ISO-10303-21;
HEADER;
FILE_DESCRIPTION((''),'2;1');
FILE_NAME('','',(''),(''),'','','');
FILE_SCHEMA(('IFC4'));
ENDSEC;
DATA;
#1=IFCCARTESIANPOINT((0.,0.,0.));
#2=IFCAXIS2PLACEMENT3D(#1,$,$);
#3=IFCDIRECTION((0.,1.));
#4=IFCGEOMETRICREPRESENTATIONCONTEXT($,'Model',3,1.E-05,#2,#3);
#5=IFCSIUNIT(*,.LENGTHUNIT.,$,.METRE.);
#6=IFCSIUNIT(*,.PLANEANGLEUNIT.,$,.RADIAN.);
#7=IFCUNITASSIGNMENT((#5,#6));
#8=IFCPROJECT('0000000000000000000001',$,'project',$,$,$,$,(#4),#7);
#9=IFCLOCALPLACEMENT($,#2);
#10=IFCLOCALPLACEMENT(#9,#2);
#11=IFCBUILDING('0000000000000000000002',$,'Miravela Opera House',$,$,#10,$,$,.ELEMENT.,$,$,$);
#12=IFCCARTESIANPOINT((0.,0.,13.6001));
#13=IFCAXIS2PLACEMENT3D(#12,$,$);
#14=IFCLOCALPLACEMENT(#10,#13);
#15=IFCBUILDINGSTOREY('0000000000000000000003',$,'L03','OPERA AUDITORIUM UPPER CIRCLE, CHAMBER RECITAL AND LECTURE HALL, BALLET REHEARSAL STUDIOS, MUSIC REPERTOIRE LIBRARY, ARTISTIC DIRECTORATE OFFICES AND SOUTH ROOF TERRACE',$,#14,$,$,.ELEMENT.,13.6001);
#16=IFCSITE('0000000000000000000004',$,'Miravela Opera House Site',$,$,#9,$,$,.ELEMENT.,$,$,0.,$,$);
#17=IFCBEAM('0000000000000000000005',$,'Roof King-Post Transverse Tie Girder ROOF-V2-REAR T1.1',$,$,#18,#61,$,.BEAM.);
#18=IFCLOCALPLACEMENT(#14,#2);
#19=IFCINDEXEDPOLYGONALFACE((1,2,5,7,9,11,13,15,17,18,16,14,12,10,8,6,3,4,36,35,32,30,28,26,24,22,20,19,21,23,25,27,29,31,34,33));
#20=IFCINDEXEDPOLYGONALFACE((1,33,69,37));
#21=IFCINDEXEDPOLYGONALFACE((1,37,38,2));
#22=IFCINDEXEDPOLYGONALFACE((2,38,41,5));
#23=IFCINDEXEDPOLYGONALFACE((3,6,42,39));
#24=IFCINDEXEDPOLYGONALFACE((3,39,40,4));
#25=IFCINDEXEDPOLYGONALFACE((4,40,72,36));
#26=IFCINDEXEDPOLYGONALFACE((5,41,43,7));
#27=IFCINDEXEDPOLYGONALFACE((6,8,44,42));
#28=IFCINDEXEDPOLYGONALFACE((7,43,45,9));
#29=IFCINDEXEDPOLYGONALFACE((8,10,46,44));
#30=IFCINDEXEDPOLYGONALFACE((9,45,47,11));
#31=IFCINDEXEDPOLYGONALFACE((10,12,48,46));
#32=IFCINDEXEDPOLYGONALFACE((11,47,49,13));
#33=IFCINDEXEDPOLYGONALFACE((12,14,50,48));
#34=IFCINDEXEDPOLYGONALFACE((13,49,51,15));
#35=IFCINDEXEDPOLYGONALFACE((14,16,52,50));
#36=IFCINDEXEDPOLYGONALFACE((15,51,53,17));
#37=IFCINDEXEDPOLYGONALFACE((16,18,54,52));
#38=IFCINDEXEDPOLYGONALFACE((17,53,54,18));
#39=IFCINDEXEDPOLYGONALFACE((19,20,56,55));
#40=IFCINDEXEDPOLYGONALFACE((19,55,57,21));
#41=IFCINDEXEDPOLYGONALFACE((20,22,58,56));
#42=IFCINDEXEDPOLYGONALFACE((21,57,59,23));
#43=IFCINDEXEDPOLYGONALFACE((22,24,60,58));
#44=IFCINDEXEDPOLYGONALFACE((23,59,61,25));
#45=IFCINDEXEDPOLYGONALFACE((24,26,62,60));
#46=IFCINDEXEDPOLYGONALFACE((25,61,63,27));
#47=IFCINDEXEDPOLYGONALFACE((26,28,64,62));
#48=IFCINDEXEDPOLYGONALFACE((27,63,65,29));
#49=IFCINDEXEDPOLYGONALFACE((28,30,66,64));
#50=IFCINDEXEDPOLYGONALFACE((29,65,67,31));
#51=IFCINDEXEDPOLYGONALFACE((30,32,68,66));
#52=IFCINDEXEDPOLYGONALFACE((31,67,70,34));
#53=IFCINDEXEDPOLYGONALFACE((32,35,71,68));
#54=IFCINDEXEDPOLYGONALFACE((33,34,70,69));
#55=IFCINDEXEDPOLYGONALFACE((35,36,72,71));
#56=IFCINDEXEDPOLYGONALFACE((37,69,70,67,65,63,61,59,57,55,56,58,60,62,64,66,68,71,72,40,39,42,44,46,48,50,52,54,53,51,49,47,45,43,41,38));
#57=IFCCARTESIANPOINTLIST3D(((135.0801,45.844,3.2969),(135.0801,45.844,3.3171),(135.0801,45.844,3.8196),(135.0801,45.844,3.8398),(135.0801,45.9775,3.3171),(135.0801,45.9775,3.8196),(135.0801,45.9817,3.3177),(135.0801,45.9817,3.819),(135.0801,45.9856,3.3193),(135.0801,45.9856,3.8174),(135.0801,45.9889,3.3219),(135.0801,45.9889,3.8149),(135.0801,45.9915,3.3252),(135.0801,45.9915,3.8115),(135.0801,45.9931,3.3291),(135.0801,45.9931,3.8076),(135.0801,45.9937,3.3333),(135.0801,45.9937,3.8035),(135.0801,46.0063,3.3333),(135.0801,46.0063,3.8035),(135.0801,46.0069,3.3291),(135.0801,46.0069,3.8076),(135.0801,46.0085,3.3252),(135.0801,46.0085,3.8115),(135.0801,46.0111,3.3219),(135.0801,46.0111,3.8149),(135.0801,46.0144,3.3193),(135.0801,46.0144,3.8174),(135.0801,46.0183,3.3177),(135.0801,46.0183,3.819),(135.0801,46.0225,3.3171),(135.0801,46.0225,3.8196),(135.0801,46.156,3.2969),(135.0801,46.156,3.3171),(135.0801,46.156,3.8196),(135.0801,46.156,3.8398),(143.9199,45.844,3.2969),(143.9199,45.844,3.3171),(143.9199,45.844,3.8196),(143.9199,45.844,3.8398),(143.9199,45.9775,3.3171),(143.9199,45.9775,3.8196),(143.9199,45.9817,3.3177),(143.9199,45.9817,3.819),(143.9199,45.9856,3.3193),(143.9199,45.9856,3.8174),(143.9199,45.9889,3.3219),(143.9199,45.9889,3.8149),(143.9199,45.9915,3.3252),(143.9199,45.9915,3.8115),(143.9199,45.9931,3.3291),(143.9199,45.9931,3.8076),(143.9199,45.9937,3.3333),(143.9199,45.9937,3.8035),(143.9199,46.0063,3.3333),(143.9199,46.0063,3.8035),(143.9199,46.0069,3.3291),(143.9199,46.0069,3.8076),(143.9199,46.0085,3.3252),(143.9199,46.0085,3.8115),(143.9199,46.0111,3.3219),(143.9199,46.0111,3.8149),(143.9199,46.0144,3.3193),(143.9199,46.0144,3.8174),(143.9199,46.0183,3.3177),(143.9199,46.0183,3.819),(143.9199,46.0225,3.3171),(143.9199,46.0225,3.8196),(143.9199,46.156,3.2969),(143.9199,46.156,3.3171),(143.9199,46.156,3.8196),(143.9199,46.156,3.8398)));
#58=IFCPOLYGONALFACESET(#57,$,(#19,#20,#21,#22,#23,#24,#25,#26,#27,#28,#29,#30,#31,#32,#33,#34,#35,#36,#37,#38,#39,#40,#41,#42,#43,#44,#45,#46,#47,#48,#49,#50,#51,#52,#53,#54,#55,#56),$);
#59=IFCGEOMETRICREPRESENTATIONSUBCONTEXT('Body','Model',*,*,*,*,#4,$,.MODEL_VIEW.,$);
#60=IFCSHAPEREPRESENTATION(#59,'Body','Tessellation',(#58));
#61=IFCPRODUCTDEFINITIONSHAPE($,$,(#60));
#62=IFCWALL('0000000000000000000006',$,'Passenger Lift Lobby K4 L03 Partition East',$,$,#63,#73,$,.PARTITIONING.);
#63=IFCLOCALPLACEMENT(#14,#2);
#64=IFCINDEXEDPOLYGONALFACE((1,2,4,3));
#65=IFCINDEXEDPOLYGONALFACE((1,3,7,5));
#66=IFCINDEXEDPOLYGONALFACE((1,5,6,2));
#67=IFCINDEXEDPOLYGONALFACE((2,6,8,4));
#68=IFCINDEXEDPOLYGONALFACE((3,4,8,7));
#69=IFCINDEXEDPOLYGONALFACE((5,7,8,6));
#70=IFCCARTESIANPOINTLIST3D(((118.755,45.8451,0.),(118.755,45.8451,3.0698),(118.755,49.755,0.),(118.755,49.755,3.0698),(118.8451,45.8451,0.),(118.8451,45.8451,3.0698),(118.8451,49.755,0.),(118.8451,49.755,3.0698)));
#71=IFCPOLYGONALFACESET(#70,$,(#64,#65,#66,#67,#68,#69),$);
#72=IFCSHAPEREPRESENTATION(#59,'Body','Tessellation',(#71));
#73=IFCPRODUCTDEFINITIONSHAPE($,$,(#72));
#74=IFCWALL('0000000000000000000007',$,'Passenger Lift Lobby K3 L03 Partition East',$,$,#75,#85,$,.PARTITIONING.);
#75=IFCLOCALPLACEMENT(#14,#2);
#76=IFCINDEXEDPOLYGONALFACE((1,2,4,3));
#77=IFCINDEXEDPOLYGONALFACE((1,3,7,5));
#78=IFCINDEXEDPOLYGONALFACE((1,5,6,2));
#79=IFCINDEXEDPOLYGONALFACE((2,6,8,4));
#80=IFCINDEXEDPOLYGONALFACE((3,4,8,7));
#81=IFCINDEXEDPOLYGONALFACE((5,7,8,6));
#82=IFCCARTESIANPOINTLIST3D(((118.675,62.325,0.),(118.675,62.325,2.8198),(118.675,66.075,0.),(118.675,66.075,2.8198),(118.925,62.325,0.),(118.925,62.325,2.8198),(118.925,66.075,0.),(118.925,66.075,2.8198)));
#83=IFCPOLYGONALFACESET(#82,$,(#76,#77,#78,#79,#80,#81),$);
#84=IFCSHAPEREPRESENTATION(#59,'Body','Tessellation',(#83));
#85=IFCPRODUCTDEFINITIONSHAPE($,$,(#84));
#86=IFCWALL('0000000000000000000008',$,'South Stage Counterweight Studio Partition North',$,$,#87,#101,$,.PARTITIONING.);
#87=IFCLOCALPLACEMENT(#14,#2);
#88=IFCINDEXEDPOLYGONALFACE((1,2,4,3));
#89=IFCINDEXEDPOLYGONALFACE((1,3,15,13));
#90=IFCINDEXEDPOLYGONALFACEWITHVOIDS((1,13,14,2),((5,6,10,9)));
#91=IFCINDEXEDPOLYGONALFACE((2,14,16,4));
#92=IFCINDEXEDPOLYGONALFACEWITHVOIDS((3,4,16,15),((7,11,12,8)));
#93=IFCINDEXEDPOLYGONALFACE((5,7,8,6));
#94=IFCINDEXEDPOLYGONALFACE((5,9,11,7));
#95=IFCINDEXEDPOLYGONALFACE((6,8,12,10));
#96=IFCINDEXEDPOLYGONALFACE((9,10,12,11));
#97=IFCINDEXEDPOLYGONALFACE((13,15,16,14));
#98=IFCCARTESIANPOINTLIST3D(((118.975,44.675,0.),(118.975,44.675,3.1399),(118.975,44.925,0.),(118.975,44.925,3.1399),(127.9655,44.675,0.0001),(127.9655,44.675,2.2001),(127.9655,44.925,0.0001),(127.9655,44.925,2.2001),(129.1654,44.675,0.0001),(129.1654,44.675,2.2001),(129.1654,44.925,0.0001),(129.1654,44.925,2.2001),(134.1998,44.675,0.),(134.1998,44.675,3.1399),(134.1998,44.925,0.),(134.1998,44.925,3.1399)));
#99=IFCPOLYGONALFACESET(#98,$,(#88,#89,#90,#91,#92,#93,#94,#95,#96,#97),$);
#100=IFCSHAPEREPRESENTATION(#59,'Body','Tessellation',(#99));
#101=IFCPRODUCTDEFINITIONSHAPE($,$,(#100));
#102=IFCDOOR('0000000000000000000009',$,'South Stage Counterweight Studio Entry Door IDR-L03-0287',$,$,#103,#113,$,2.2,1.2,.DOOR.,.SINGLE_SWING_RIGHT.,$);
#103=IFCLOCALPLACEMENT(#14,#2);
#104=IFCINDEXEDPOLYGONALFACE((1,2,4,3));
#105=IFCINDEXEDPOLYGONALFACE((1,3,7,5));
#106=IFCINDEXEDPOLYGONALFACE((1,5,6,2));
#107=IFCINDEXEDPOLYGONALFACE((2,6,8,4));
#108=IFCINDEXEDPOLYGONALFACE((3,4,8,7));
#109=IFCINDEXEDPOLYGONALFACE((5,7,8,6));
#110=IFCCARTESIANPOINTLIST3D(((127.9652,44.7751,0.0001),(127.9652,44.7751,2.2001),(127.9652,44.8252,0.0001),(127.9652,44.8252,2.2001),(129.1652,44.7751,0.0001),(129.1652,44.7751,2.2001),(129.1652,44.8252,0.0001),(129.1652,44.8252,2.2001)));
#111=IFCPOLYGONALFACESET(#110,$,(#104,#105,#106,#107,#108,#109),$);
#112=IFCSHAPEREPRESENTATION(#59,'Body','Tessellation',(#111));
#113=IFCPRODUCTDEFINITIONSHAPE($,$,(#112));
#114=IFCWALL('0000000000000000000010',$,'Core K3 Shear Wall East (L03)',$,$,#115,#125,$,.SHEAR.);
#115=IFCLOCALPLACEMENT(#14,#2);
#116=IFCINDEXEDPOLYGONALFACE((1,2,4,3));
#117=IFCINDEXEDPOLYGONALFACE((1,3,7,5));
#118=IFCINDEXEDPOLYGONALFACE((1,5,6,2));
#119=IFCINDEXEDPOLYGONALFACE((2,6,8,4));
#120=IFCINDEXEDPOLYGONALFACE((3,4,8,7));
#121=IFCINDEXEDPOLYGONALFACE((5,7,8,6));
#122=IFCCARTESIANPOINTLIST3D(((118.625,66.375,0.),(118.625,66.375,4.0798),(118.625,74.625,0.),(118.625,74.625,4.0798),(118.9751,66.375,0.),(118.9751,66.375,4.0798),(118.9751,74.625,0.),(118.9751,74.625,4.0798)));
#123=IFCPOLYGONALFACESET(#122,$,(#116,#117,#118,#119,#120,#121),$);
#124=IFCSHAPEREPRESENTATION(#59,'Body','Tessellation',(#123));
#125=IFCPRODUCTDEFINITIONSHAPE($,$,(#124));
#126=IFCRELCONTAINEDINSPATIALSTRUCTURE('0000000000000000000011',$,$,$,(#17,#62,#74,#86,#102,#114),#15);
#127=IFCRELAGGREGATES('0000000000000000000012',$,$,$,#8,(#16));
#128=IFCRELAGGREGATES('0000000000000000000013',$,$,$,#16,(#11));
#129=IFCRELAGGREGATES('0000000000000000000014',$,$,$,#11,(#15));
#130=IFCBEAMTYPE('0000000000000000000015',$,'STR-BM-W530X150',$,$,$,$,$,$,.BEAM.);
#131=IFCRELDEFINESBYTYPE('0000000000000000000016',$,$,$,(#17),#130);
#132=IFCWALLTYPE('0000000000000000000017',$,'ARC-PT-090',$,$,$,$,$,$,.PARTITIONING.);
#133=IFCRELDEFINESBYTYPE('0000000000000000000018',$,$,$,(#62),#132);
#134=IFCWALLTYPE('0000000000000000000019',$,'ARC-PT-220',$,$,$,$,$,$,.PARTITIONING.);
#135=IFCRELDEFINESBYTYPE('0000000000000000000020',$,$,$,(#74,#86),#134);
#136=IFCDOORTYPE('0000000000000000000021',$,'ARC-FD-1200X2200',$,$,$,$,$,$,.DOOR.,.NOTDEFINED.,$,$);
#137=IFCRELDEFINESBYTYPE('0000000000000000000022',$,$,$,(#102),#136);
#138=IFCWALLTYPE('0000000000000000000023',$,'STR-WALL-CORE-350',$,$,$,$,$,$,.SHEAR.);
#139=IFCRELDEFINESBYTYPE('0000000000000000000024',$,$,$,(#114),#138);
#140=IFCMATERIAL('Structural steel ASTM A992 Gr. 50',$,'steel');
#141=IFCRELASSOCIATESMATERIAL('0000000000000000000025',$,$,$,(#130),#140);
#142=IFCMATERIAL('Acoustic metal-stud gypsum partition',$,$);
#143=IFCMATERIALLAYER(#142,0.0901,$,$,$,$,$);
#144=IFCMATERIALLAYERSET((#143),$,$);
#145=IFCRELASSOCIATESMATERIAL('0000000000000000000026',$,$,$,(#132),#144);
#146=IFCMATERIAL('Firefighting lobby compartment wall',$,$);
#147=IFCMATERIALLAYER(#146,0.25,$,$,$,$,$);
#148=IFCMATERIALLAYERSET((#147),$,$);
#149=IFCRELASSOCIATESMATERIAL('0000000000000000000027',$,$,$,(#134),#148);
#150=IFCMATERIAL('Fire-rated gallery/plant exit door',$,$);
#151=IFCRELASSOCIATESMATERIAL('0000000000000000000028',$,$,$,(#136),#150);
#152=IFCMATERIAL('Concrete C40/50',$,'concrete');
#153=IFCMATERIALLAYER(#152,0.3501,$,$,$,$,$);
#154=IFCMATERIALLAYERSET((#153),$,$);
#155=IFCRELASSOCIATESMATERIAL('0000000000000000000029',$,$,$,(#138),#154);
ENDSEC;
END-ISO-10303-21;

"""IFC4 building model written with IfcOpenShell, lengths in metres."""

from ifc_helpers import new_model, si_unit, direction, frame, frame_2d, origin, origin_2d, place, context, subcontext, project, spatial, rectangle, i_section, extrude, material, layer, layer_set, material_profile, profile_set, type_object, element, fill, save


model = new_model("IFC4")

# Units and contexts
model_context = context("Model", 3, precision=1e-05, world=origin(), true_north=direction((0.0, 1.0)))
body_context = subcontext(model_context, "Body", "Model", "MODEL_VIEW")
ifc_project = project(units=[si_unit("LENGTHUNIT", "METRE"), si_unit("PLANEANGLEUNIT", "RADIAN")], contexts=[model_context])

# Site, building, storey
site_placement = place(None, origin())
site = spatial("IfcSite", under=ifc_project, at=site_placement, Name="Miravela Opera House Site", CompositionType="ELEMENT", RefElevation=0.0)
building_placement = place(site_placement, origin())
building = spatial("IfcBuilding", under=site, at=building_placement, Name="Miravela Opera House", CompositionType="ELEMENT")
storey_placement = place(building_placement, frame((0.0, 0.0, 13.6001)))
storey = spatial("IfcBuildingStorey", under=building, at=storey_placement, Name="L03", Description="OPERA AUDITORIUM UPPER CIRCLE, CHAMBER RECITAL AND LECTURE HALL, BALLET REHEARSAL STUDIOS, MUSIC REPERTOIRE LIBRARY, ARTISTIC DIRECTORATE OFFICES AND SOUTH ROOF TERRACE", CompositionType="ELEMENT", Elevation=13.6001)

# Beam
ifc_material_1 = material(Name="Concrete C40/50", Category="concrete")
ifc_material_2 = material(Name="Structural steel ASTM A992 Gr. 50", Category="steel")
ifc_material_profile_1 = material_profile(ifc_material_2, i_section(OverallWidth=0.312, OverallDepth=0.543, WebThickness=0.0127, FlangeThickness=0.0203, FilletRadius=0.0161, at=origin_2d()), Name="W530X150")
ifc_profile_set_1 = profile_set([ifc_material_profile_1])
beam_type_1 = type_object("IfcBeamType", Name="STR-BM-W530X150", PredefinedType="BEAM", material=ifc_profile_set_1)
beam_1_placement = place(storey_placement, frame((135.0801, 46.0, 3.5684), z_axis=(1.0, 0.0, 0.0), x_axis=(0.0, 1.0, 0.0)))
element("IfcBeam", 1, at=beam_1_placement, inside=storey, type_object=beam_type_1, Name="Roof King-Post Transverse Tie Girder ROOF-V2-REAR T1.1", PredefinedType="BEAM", context=body_context, shape_type="SweptSolid", body=[
    extrude(i_section(OverallWidth=0.312, OverallDepth=0.543, WebThickness=0.0127, FlangeThickness=0.0203, FilletRadius=0.0161, at=origin_2d()), origin(), (0.0, 0.0, 1.0), 8.8398),
])

# Walls
ifc_material_3 = material(Name="Acoustic metal-stud gypsum partition")
ifc_layer_1 = layer(ifc_material_3, 0.0901)
ifc_layer_set_1 = layer_set([ifc_layer_1])
wall_type_1 = type_object("IfcWallType", Name="ARC-PT-090", PredefinedType="PARTITIONING", material=ifc_layer_set_1)
wall_1_placement = place(storey_placement, frame((118.8, 45.845, 0.0), z_axis=(0.0, 0.0, 1.0), x_axis=(0.0, 1.0, 0.0)))
element("IfcWall", 2, at=wall_1_placement, inside=storey, type_object=wall_type_1, Name="Passenger Lift Lobby K4 L03 Partition East", PredefinedType="PARTITIONING", context=body_context, shape_type="SweptSolid", body=[
    extrude(rectangle(XDim=3.9099, YDim=0.0901, at=frame_2d((1.9551, 0.0))), origin(), (0.0, 0.0, 1.0), 3.0698),
])
ifc_material_4 = material(Name="Firefighting lobby compartment wall")
ifc_layer_2 = layer(ifc_material_4, 0.25)
ifc_layer_set_2 = layer_set([ifc_layer_2])
wall_type_2 = type_object("IfcWallType", Name="ARC-PT-220", PredefinedType="PARTITIONING", material=ifc_layer_set_2)
wall_2_placement = place(storey_placement, frame((118.8, 62.325, 0.0), z_axis=(0.0, 0.0, 1.0), x_axis=(0.0, 1.0, 0.0)))
element("IfcWall", 3, at=wall_2_placement, inside=storey, type_object=wall_type_2, Name="Passenger Lift Lobby K3 L03 Partition East", PredefinedType="PARTITIONING", context=body_context, shape_type="SweptSolid", body=[
    extrude(rectangle(XDim=3.75, YDim=0.25, at=frame_2d((1.875, 0.0))), origin(), (0.0, 0.0, 1.0), 2.8198),
])

# Wall, opening, door
wall_3_placement = place(storey_placement, frame((118.9751, 44.8, 0.0), z_axis=(0.0, 0.0, 1.0), x_axis=(1.0, 0.0, 0.0)))
wall_3 = element("IfcWall", 4, at=wall_3_placement, inside=storey, type_object=wall_type_2, Name="South Stage Counterweight Studio Partition North", PredefinedType="PARTITIONING", context=body_context, shape_type="SweptSolid", body=[
    extrude(rectangle(XDim=15.2249, YDim=0.25, at=frame_2d((7.6123, 0.0))), origin(), (0.0, 0.0, 1.0), 3.1399),
])
opening_placement = place(wall_3_placement, frame((8.9902, 0.0, 0.0)))
opening = element("IfcOpeningElement", 5, at=opening_placement, cuts=wall_3, PredefinedType="OPENING", context=body_context, shape_type="SweptSolid", body=[
    extrude(rectangle(XDim=1.2, YDim=2.2, at=frame_2d((0.6001, 1.1001))), frame((0.0, 0.135, 0.0), z_axis=(0.0, -1.0, 0.0), x_axis=(1.0, 0.0, 0.0)), (0.0, 0.0, 1.0), 0.27),
])
ifc_material_5 = material(Name="Fire-rated gallery/plant exit door")
door_type = type_object("IfcDoorType", Name="ARC-FD-1200X2200", OperationType="NOTDEFINED", PredefinedType="DOOR", material=ifc_material_5)
door_placement = place(opening_placement, frame((1.2, 0.0, 0.0), z_axis=(0.0, 0.0, 1.0), x_axis=(-1.0, 0.0, 0.0)))
door = element("IfcDoor", 6, at=door_placement, inside=storey, type_object=door_type, Name="South Stage Counterweight Studio Entry Door IDR-L03-0287", OperationType="SINGLE_SWING_RIGHT", OverallHeight=2.2, OverallWidth=1.2, PredefinedType="DOOR", context=body_context, shape_type="SweptSolid", body=[
    extrude(rectangle(XDim=1.2, YDim=2.2, at=frame_2d((0.6001, 1.1001))), frame((0.0, 0.0249, 0.0), z_axis=(0.0, -1.0, 0.0), x_axis=(1.0, 0.0, 0.0)), (0.0, 0.0, 1.0), 0.05),
])
fill(opening, door)

# Wall
ifc_layer_3 = layer(ifc_material_1, 0.3501)
ifc_layer_set_3 = layer_set([ifc_layer_3])
wall_type_3 = type_object("IfcWallType", Name="STR-WALL-CORE-350", PredefinedType="SHEAR", material=ifc_layer_set_3)
wall_4_placement = place(storey_placement, frame((118.8, 66.375, 0.0), z_axis=(0.0, 0.0, 1.0), x_axis=(0.0, 1.0, 0.0)))
element("IfcWall", 7, at=wall_4_placement, inside=storey, type_object=wall_type_3, Name="Core K3 Shear Wall East (L03)", PredefinedType="SHEAR", context=body_context, shape_type="SweptSolid", body=[
    extrude(rectangle(XDim=8.25, YDim=0.3501, at=frame_2d((4.125, 0.0))), origin(), (0.0, 0.0, 1.0), 4.0798),
])

save(model, "model.ifc")
